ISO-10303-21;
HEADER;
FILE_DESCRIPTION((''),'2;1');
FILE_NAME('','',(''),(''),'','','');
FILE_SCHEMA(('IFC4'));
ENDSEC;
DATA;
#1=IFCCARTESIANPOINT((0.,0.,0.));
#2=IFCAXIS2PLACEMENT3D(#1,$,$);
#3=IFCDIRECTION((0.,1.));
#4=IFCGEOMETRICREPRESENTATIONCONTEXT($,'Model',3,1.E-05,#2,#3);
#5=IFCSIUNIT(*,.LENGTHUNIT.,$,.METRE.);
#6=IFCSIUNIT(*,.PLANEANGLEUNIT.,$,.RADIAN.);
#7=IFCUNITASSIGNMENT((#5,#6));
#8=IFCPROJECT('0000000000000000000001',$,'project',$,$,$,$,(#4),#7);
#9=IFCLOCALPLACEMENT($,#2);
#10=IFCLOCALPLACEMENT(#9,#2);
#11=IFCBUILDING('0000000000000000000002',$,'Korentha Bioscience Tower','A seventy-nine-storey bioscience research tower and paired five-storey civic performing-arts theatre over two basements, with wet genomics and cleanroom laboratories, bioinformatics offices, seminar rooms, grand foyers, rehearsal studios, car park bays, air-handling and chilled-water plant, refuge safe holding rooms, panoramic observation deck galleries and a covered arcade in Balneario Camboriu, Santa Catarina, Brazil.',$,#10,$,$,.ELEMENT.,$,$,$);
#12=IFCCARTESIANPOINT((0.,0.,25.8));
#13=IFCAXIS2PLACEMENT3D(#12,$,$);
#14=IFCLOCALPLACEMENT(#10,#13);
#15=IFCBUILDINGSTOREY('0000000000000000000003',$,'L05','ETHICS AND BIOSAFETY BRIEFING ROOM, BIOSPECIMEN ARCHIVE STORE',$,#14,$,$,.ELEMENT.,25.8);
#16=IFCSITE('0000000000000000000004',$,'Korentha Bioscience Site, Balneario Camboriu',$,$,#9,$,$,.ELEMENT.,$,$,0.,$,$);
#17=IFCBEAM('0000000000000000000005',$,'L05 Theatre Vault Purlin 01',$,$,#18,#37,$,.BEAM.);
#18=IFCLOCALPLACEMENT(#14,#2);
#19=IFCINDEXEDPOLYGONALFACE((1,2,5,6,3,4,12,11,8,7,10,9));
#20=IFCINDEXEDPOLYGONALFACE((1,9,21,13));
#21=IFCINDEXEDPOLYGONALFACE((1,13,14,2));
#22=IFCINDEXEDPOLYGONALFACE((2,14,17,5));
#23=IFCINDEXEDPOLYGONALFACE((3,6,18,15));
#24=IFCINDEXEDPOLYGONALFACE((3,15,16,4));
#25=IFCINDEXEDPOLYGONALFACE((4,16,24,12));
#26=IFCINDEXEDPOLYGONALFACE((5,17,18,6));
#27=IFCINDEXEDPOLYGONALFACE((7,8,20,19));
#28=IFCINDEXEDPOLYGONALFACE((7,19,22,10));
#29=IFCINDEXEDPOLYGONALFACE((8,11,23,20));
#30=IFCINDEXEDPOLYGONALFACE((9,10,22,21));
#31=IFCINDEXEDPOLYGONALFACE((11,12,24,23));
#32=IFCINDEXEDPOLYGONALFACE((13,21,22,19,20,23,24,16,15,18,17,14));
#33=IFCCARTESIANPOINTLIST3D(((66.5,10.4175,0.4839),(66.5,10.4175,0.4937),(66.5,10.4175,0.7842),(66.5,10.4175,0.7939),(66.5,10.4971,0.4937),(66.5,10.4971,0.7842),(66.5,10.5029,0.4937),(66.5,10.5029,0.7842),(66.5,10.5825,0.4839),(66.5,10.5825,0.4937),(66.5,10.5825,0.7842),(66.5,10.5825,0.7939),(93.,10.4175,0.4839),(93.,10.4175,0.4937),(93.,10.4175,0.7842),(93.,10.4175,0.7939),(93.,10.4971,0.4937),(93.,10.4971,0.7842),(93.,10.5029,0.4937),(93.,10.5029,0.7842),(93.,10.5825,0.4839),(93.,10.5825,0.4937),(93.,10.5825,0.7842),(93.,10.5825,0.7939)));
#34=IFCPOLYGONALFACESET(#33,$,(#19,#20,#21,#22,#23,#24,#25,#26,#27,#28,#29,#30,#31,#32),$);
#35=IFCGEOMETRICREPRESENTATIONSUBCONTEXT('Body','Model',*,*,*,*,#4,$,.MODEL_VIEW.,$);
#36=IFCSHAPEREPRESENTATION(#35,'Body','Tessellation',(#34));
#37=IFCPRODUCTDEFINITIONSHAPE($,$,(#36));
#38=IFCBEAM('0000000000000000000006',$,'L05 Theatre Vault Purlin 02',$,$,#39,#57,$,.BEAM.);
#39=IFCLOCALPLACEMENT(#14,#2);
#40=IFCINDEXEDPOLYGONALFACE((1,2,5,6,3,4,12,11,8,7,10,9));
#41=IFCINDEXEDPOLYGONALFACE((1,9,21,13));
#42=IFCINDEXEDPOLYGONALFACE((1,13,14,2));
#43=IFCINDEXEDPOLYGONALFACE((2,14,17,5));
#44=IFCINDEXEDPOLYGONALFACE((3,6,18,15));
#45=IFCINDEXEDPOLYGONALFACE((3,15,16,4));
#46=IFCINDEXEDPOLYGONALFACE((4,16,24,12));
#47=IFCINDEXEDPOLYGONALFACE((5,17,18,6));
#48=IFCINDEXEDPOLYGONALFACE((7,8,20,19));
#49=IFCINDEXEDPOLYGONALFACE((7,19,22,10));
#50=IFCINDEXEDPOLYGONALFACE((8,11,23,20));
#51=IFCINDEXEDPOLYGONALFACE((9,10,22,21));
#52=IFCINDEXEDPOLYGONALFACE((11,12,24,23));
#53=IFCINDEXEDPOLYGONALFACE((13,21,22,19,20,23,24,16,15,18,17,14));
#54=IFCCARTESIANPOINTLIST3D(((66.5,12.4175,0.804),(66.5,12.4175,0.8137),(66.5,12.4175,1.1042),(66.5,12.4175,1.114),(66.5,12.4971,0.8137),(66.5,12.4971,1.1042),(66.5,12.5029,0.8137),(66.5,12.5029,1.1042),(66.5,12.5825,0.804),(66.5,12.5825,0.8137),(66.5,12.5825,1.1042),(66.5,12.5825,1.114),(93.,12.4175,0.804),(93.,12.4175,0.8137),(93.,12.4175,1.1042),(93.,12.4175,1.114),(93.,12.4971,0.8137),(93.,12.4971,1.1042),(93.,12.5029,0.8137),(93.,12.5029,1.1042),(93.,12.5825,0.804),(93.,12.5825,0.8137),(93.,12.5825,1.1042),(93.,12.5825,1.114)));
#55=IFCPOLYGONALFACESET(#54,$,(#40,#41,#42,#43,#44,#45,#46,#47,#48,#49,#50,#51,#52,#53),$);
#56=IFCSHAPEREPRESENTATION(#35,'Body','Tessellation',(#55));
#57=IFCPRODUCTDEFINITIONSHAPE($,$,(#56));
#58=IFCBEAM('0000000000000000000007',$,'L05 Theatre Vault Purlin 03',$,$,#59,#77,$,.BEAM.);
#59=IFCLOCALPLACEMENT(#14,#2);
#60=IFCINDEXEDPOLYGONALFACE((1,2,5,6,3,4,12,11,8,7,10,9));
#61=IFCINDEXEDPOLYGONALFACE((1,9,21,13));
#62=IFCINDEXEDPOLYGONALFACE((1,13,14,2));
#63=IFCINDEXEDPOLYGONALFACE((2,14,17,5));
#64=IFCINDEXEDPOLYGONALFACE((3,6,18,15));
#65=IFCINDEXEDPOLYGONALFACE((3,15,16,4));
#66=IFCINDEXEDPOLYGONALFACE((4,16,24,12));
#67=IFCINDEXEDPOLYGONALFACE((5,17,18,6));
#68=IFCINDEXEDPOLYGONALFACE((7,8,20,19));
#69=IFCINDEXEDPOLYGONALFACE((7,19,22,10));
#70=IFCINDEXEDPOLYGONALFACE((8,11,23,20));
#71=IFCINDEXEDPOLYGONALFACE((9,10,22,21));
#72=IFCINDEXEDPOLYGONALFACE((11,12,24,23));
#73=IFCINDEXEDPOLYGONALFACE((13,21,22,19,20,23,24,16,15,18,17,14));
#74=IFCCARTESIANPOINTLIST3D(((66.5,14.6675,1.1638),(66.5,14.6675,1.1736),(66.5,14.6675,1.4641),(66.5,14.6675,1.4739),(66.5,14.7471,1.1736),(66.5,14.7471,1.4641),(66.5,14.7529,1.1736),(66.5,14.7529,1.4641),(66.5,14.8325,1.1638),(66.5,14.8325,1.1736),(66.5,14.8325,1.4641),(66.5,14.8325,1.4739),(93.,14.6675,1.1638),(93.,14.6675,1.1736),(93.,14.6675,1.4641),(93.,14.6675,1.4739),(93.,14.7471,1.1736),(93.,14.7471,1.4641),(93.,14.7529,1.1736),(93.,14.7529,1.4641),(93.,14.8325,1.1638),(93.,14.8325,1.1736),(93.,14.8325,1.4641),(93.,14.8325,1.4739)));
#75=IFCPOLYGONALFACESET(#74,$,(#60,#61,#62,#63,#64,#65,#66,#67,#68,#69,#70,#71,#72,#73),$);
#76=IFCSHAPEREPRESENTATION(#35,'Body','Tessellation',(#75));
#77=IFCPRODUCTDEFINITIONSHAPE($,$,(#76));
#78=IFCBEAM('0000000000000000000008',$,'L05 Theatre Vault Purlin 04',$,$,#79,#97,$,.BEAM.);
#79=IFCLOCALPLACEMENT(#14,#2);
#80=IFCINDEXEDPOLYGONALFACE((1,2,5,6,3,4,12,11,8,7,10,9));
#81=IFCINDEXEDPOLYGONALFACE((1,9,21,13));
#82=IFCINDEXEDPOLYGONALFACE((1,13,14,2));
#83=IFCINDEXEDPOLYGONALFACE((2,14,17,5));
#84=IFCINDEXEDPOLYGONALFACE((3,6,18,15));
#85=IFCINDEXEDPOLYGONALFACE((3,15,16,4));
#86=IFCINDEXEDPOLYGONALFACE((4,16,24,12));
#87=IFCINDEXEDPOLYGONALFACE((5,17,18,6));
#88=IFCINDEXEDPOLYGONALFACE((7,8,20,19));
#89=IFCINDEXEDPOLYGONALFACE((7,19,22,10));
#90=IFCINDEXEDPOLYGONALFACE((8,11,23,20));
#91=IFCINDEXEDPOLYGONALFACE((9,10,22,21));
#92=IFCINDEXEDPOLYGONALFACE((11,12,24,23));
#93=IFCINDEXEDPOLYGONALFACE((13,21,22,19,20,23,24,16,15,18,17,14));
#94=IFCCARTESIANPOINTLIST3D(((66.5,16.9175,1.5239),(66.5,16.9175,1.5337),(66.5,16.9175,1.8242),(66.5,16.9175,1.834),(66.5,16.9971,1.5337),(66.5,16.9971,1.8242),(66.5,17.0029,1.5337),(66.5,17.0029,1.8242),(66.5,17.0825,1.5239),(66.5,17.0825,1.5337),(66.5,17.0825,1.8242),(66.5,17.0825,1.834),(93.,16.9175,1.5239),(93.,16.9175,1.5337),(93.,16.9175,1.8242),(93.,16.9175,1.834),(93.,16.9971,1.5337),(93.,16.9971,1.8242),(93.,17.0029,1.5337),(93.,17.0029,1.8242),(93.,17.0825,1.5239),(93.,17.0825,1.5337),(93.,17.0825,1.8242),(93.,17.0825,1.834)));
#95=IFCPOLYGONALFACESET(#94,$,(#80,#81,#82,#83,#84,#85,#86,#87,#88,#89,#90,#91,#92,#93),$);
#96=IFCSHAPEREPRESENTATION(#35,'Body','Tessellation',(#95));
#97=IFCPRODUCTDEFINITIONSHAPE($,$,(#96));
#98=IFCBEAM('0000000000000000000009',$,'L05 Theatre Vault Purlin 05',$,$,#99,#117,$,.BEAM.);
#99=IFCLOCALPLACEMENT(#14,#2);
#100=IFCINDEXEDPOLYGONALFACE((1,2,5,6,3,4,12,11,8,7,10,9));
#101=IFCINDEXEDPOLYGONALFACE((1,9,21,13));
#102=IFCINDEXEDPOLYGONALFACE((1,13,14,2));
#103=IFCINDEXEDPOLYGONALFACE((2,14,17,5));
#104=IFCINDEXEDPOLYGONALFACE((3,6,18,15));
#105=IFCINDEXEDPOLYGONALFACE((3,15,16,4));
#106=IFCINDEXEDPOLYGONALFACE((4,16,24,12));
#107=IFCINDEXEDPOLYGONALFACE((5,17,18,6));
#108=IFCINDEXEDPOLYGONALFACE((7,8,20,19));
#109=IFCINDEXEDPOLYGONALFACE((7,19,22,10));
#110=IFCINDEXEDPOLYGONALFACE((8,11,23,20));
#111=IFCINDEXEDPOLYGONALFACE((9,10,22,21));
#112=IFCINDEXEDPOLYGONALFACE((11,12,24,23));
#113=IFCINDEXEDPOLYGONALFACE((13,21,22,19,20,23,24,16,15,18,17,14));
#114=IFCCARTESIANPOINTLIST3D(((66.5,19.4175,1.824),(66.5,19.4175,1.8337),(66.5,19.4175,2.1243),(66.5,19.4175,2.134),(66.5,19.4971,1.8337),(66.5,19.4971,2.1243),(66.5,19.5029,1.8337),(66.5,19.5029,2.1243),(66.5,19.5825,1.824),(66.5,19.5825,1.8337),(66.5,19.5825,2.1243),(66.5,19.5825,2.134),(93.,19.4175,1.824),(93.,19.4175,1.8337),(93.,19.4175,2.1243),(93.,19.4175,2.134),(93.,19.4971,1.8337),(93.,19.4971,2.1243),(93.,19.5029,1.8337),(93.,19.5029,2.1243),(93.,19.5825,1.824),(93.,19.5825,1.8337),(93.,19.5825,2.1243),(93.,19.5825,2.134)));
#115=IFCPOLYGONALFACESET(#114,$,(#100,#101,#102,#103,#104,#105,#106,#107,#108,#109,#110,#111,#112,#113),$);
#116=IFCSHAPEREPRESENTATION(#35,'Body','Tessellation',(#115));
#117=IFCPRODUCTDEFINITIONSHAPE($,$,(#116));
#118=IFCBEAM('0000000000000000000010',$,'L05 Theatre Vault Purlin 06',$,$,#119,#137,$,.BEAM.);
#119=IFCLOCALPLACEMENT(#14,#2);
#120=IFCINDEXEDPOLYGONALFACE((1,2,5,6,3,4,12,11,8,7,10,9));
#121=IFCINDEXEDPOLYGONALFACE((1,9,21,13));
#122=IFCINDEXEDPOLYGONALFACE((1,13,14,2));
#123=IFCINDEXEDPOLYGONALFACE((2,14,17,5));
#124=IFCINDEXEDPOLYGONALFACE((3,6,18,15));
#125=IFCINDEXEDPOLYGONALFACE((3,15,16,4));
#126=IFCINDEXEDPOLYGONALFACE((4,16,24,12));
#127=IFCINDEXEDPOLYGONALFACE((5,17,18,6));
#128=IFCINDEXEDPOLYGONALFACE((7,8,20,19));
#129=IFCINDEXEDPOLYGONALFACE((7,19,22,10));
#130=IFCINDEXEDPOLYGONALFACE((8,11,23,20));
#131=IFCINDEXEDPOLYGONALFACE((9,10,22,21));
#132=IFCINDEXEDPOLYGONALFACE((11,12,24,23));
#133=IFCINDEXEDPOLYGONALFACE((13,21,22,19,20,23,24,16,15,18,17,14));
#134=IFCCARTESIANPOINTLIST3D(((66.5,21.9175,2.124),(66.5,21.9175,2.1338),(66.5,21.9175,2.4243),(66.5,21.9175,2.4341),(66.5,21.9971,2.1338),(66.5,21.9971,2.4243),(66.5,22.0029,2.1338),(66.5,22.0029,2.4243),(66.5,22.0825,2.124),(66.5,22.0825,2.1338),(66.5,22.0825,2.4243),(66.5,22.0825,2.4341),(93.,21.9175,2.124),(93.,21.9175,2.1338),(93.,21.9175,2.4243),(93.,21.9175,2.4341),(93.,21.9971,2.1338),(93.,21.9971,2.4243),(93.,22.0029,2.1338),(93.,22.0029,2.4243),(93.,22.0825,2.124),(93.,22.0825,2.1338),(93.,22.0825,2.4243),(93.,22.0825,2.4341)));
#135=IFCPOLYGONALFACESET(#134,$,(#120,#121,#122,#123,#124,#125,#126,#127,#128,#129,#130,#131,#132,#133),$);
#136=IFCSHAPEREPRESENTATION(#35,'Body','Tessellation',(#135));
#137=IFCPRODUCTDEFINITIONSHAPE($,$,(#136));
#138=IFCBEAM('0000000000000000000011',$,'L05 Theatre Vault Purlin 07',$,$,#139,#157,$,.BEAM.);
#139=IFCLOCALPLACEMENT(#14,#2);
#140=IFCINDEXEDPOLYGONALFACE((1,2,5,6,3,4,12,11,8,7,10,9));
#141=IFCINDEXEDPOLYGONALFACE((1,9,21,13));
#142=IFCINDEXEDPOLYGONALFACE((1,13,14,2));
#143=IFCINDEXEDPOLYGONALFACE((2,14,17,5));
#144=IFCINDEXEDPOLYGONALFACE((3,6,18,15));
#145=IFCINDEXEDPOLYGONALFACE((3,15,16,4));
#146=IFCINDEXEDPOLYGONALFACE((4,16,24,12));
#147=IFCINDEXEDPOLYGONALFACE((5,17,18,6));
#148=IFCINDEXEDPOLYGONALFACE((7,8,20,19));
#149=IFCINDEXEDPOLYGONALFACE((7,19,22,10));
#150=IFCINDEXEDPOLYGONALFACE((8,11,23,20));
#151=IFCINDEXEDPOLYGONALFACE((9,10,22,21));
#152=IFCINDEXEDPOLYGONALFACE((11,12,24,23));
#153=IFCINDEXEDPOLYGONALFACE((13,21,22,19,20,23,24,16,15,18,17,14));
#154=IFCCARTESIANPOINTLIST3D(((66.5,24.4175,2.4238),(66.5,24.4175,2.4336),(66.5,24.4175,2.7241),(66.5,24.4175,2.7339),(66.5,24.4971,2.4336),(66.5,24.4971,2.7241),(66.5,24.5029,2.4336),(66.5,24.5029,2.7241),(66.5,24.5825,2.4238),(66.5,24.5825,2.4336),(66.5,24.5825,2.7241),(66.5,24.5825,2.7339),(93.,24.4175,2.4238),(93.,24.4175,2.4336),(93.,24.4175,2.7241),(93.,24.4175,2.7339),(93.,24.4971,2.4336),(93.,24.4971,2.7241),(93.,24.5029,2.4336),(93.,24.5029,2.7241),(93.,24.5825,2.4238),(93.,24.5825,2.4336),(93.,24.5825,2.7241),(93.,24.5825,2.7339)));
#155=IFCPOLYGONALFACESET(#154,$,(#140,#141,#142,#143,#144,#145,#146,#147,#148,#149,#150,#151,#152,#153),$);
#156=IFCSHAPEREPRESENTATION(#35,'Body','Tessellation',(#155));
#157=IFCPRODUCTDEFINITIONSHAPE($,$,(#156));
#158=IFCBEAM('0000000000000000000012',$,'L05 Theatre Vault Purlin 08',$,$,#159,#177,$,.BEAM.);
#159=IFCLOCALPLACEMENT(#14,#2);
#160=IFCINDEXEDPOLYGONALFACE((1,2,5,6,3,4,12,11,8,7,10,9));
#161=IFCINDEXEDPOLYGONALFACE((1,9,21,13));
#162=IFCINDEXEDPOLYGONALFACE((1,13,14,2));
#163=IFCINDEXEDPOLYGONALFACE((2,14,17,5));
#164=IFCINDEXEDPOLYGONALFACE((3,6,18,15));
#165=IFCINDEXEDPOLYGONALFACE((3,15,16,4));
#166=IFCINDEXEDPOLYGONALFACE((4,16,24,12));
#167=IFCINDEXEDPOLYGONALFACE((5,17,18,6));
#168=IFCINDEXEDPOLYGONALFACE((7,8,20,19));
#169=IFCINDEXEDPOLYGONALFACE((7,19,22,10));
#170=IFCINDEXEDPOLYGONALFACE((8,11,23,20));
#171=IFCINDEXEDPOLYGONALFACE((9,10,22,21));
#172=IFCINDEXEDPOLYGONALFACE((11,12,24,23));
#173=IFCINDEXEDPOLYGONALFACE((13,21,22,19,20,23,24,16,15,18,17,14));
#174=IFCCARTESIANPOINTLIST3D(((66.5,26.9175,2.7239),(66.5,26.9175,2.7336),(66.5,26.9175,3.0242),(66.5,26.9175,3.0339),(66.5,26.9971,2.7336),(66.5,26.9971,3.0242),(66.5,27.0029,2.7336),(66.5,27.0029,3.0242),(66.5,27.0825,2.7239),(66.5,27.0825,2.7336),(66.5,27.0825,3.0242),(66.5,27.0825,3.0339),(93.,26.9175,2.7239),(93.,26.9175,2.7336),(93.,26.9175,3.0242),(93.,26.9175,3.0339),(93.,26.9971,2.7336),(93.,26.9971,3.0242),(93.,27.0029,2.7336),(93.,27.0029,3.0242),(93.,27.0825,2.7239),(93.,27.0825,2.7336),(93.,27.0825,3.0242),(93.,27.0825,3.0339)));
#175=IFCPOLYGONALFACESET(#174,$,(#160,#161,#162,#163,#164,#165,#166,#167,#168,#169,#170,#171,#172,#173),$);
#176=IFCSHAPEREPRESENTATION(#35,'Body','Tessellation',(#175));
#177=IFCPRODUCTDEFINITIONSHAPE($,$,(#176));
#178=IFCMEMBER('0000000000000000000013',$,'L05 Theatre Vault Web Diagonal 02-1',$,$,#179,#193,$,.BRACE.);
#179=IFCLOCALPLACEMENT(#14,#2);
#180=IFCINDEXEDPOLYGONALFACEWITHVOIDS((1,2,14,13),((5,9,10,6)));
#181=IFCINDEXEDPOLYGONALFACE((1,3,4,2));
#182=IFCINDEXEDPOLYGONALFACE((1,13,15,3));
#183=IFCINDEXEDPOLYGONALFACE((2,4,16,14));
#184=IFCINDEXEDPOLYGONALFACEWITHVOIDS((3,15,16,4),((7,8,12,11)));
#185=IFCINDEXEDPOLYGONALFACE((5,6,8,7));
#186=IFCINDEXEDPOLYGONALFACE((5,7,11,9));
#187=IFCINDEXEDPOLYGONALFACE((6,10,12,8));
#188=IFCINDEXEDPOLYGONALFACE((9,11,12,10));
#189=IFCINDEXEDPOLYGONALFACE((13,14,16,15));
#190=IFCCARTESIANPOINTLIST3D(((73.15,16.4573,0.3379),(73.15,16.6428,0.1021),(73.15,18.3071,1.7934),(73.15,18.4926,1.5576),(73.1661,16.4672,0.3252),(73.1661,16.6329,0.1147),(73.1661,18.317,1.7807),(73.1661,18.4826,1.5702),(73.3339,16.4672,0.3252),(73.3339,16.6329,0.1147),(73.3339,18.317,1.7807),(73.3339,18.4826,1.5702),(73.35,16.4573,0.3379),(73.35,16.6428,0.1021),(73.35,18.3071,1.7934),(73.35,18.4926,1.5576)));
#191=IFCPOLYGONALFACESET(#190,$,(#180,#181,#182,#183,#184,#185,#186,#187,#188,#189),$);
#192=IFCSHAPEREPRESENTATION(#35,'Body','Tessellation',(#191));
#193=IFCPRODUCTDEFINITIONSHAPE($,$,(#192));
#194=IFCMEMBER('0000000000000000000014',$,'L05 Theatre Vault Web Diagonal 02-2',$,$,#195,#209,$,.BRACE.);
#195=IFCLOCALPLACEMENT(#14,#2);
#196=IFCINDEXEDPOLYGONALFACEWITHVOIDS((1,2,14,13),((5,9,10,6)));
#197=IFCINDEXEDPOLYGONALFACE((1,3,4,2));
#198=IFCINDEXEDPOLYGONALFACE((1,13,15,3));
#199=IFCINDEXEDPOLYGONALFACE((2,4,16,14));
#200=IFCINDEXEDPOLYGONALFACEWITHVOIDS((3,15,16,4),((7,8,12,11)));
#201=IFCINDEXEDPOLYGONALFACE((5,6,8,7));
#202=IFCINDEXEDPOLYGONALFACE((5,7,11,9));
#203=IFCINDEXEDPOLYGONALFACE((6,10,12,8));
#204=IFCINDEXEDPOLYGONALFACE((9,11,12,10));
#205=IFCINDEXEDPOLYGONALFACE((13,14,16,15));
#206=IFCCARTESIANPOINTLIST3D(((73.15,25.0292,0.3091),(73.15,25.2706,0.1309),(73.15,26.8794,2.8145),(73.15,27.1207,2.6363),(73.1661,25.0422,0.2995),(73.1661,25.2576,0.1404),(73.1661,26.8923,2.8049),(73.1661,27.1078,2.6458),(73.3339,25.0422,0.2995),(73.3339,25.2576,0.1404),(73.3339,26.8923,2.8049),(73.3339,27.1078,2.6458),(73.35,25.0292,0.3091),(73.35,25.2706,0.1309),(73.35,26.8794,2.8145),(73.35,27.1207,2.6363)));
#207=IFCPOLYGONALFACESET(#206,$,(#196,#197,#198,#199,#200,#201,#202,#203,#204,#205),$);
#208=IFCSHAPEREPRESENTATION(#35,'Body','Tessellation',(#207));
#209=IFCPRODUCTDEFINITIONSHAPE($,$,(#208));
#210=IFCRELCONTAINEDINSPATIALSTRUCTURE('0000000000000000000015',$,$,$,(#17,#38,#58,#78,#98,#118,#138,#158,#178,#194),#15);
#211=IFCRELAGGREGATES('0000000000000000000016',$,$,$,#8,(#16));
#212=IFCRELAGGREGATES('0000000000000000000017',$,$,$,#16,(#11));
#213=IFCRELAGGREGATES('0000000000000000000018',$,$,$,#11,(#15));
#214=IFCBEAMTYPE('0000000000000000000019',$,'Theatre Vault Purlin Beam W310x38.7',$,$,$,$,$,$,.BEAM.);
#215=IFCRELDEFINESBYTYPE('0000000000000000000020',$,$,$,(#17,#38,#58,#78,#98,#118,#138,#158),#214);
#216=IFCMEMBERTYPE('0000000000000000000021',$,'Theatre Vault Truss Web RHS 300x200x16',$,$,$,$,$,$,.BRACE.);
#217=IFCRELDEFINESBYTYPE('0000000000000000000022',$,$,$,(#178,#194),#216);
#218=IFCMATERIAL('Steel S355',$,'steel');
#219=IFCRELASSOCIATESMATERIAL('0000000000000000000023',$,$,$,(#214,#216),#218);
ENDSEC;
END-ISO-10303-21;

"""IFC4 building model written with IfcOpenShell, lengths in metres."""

from ifc_helpers import new_model, si_unit, direction, frame, origin, origin_2d, place, context, subcontext, project, spatial, hollow_rectangle, i_section, extrude, material, material_profile, profile_set, type_object, element, save


model = new_model("IFC4")

# Units and contexts
model_context = context("Model", 3, precision=1e-05, world=origin(), true_north=direction((0.0, 1.0)))
body_context = subcontext(model_context, "Body", "Model", "MODEL_VIEW")
ifc_project = project(units=[si_unit("LENGTHUNIT", "METRE"), si_unit("PLANEANGLEUNIT", "RADIAN")], contexts=[model_context])

# Site, building, storey
site_placement = place(None, origin())
site = spatial("IfcSite", under=ifc_project, at=site_placement, Name="Korentha Bioscience Site, Balneario Camboriu", CompositionType="ELEMENT", RefElevation=0.0)
building_placement = place(site_placement, origin())
building = spatial("IfcBuilding", under=site, at=building_placement, Name="Korentha Bioscience Tower", Description="A seventy-nine-storey bioscience research tower and paired five-storey civic performing-arts theatre over two basements, with wet genomics and cleanroom laboratories, bioinformatics offices, seminar rooms, grand foyers, rehearsal studios, car park bays, air-handling and chilled-water plant, refuge safe holding rooms, panoramic observation deck galleries and a covered arcade in Balneario Camboriu, Santa Catarina, Brazil.", CompositionType="ELEMENT")
storey_placement = place(building_placement, frame((0.0, 0.0, 25.8)))
storey = spatial("IfcBuildingStorey", under=building, at=storey_placement, Name="L05", Description="ETHICS AND BIOSAFETY BRIEFING ROOM, BIOSPECIMEN ARCHIVE STORE", CompositionType="ELEMENT", Elevation=25.8)

# Shared definitions
ifc_material = material(Name="Steel S355", Category="steel")

# Beams
ifc_material_profile_1 = material_profile(ifc_material, i_section(OverallWidth=0.165, OverallDepth=0.3101, WebThickness=0.0059, FlangeThickness=0.0098, at=origin_2d()), Name="Steel S355")
ifc_profile_set_1 = profile_set([ifc_material_profile_1], Name="Steel S355 (TP-310)")
beam_type_1 = type_object("IfcBeamType", Name="Theatre Vault Purlin Beam W310x38.7", PredefinedType="BEAM", material=ifc_profile_set_1)
for number, where, z_axis, x_axis, name in (
    (1, (66.5, 10.5, 0.6389), (1.0, 0.0, 0.0), (0.0, 1.0, 0.0), "L05 Theatre Vault Purlin 01"),
    (2, (66.5, 12.5, 0.959), (1.0, 0.0, 0.0), (0.0, 1.0, 0.0), "L05 Theatre Vault Purlin 02"),
    (3, (66.5, 14.75, 1.3188), (1.0, 0.0, 0.0), (0.0, 1.0, 0.0), "L05 Theatre Vault Purlin 03"),
    (4, (66.5, 17.0, 1.679), (1.0, 0.0, 0.0), (0.0, 1.0, 0.0), "L05 Theatre Vault Purlin 04"),
    (5, (66.5, 19.5, 1.979), (1.0, 0.0, 0.0), (0.0, 1.0, 0.0), "L05 Theatre Vault Purlin 05"),
    (6, (66.5, 22.0, 2.2791), (1.0, 0.0, 0.0), (0.0, 1.0, 0.0), "L05 Theatre Vault Purlin 06"),
    (7, (66.5, 24.5, 2.5789), (1.0, 0.0, 0.0), (0.0, 1.0, 0.0), "L05 Theatre Vault Purlin 07"),
    (8, (66.5, 27.0, 2.8789), (1.0, 0.0, 0.0), (0.0, 1.0, 0.0), "L05 Theatre Vault Purlin 08"),
):
    element("IfcBeam", number, at=place(storey_placement, frame(where, z_axis=z_axis, x_axis=x_axis)), inside=storey, type_object=beam_type_1, Name=name, PredefinedType="BEAM", context=body_context, shape_type="SweptSolid", body=[
        extrude(i_section(OverallWidth=0.165, OverallDepth=0.3101, WebThickness=0.0059, FlangeThickness=0.0098, at=origin_2d()), origin(), (0.0, 0.0, 1.0), 26.5),
    ])

# Members
ifc_material_profile_2 = material_profile(ifc_material, hollow_rectangle(XDim=0.2, YDim=0.3, WallThickness=0.0161, at=origin_2d()), Name="Steel S355")
ifc_profile_set_2 = profile_set([ifc_material_profile_2], Name="Steel S355 (TV-W300)")
member_type_1 = type_object("IfcMemberType", Name="Theatre Vault Truss Web RHS 300x200x16", PredefinedType="BRACE", material=ifc_profile_set_2)
member_1_placement = place(storey_placement, frame((73.25, 16.55, 0.22), z_axis=(0.0, 0.785883, 0.618376), x_axis=(-1.0, 0.0, 0.0)))
element("IfcMember", 9, at=member_1_placement, inside=storey, type_object=member_type_1, Name="L05 Theatre Vault Web Diagonal 02-1", PredefinedType="BRACE", context=body_context, shape_type="SweptSolid", body=[
    extrude(hollow_rectangle(XDim=0.2, YDim=0.3, WallThickness=0.0161, at=origin_2d()), origin(), (0.0, 0.0, 1.0), 2.3538),
])
member_2_placement = place(storey_placement, frame((73.25, 25.1499, 0.22), z_axis=(0.0, 0.594038, 0.804437), x_axis=(-1.0, 0.0, 0.0)))
element("IfcMember", 10, at=member_2_placement, inside=storey, type_object=member_type_1, Name="L05 Theatre Vault Web Diagonal 02-2", PredefinedType="BRACE", context=body_context, shape_type="SweptSolid", body=[
    extrude(hollow_rectangle(XDim=0.2, YDim=0.3, WallThickness=0.0161, at=origin_2d()), origin(), (0.0, 0.0, 1.0), 3.1145),
])

save(model, "model.ifc")
